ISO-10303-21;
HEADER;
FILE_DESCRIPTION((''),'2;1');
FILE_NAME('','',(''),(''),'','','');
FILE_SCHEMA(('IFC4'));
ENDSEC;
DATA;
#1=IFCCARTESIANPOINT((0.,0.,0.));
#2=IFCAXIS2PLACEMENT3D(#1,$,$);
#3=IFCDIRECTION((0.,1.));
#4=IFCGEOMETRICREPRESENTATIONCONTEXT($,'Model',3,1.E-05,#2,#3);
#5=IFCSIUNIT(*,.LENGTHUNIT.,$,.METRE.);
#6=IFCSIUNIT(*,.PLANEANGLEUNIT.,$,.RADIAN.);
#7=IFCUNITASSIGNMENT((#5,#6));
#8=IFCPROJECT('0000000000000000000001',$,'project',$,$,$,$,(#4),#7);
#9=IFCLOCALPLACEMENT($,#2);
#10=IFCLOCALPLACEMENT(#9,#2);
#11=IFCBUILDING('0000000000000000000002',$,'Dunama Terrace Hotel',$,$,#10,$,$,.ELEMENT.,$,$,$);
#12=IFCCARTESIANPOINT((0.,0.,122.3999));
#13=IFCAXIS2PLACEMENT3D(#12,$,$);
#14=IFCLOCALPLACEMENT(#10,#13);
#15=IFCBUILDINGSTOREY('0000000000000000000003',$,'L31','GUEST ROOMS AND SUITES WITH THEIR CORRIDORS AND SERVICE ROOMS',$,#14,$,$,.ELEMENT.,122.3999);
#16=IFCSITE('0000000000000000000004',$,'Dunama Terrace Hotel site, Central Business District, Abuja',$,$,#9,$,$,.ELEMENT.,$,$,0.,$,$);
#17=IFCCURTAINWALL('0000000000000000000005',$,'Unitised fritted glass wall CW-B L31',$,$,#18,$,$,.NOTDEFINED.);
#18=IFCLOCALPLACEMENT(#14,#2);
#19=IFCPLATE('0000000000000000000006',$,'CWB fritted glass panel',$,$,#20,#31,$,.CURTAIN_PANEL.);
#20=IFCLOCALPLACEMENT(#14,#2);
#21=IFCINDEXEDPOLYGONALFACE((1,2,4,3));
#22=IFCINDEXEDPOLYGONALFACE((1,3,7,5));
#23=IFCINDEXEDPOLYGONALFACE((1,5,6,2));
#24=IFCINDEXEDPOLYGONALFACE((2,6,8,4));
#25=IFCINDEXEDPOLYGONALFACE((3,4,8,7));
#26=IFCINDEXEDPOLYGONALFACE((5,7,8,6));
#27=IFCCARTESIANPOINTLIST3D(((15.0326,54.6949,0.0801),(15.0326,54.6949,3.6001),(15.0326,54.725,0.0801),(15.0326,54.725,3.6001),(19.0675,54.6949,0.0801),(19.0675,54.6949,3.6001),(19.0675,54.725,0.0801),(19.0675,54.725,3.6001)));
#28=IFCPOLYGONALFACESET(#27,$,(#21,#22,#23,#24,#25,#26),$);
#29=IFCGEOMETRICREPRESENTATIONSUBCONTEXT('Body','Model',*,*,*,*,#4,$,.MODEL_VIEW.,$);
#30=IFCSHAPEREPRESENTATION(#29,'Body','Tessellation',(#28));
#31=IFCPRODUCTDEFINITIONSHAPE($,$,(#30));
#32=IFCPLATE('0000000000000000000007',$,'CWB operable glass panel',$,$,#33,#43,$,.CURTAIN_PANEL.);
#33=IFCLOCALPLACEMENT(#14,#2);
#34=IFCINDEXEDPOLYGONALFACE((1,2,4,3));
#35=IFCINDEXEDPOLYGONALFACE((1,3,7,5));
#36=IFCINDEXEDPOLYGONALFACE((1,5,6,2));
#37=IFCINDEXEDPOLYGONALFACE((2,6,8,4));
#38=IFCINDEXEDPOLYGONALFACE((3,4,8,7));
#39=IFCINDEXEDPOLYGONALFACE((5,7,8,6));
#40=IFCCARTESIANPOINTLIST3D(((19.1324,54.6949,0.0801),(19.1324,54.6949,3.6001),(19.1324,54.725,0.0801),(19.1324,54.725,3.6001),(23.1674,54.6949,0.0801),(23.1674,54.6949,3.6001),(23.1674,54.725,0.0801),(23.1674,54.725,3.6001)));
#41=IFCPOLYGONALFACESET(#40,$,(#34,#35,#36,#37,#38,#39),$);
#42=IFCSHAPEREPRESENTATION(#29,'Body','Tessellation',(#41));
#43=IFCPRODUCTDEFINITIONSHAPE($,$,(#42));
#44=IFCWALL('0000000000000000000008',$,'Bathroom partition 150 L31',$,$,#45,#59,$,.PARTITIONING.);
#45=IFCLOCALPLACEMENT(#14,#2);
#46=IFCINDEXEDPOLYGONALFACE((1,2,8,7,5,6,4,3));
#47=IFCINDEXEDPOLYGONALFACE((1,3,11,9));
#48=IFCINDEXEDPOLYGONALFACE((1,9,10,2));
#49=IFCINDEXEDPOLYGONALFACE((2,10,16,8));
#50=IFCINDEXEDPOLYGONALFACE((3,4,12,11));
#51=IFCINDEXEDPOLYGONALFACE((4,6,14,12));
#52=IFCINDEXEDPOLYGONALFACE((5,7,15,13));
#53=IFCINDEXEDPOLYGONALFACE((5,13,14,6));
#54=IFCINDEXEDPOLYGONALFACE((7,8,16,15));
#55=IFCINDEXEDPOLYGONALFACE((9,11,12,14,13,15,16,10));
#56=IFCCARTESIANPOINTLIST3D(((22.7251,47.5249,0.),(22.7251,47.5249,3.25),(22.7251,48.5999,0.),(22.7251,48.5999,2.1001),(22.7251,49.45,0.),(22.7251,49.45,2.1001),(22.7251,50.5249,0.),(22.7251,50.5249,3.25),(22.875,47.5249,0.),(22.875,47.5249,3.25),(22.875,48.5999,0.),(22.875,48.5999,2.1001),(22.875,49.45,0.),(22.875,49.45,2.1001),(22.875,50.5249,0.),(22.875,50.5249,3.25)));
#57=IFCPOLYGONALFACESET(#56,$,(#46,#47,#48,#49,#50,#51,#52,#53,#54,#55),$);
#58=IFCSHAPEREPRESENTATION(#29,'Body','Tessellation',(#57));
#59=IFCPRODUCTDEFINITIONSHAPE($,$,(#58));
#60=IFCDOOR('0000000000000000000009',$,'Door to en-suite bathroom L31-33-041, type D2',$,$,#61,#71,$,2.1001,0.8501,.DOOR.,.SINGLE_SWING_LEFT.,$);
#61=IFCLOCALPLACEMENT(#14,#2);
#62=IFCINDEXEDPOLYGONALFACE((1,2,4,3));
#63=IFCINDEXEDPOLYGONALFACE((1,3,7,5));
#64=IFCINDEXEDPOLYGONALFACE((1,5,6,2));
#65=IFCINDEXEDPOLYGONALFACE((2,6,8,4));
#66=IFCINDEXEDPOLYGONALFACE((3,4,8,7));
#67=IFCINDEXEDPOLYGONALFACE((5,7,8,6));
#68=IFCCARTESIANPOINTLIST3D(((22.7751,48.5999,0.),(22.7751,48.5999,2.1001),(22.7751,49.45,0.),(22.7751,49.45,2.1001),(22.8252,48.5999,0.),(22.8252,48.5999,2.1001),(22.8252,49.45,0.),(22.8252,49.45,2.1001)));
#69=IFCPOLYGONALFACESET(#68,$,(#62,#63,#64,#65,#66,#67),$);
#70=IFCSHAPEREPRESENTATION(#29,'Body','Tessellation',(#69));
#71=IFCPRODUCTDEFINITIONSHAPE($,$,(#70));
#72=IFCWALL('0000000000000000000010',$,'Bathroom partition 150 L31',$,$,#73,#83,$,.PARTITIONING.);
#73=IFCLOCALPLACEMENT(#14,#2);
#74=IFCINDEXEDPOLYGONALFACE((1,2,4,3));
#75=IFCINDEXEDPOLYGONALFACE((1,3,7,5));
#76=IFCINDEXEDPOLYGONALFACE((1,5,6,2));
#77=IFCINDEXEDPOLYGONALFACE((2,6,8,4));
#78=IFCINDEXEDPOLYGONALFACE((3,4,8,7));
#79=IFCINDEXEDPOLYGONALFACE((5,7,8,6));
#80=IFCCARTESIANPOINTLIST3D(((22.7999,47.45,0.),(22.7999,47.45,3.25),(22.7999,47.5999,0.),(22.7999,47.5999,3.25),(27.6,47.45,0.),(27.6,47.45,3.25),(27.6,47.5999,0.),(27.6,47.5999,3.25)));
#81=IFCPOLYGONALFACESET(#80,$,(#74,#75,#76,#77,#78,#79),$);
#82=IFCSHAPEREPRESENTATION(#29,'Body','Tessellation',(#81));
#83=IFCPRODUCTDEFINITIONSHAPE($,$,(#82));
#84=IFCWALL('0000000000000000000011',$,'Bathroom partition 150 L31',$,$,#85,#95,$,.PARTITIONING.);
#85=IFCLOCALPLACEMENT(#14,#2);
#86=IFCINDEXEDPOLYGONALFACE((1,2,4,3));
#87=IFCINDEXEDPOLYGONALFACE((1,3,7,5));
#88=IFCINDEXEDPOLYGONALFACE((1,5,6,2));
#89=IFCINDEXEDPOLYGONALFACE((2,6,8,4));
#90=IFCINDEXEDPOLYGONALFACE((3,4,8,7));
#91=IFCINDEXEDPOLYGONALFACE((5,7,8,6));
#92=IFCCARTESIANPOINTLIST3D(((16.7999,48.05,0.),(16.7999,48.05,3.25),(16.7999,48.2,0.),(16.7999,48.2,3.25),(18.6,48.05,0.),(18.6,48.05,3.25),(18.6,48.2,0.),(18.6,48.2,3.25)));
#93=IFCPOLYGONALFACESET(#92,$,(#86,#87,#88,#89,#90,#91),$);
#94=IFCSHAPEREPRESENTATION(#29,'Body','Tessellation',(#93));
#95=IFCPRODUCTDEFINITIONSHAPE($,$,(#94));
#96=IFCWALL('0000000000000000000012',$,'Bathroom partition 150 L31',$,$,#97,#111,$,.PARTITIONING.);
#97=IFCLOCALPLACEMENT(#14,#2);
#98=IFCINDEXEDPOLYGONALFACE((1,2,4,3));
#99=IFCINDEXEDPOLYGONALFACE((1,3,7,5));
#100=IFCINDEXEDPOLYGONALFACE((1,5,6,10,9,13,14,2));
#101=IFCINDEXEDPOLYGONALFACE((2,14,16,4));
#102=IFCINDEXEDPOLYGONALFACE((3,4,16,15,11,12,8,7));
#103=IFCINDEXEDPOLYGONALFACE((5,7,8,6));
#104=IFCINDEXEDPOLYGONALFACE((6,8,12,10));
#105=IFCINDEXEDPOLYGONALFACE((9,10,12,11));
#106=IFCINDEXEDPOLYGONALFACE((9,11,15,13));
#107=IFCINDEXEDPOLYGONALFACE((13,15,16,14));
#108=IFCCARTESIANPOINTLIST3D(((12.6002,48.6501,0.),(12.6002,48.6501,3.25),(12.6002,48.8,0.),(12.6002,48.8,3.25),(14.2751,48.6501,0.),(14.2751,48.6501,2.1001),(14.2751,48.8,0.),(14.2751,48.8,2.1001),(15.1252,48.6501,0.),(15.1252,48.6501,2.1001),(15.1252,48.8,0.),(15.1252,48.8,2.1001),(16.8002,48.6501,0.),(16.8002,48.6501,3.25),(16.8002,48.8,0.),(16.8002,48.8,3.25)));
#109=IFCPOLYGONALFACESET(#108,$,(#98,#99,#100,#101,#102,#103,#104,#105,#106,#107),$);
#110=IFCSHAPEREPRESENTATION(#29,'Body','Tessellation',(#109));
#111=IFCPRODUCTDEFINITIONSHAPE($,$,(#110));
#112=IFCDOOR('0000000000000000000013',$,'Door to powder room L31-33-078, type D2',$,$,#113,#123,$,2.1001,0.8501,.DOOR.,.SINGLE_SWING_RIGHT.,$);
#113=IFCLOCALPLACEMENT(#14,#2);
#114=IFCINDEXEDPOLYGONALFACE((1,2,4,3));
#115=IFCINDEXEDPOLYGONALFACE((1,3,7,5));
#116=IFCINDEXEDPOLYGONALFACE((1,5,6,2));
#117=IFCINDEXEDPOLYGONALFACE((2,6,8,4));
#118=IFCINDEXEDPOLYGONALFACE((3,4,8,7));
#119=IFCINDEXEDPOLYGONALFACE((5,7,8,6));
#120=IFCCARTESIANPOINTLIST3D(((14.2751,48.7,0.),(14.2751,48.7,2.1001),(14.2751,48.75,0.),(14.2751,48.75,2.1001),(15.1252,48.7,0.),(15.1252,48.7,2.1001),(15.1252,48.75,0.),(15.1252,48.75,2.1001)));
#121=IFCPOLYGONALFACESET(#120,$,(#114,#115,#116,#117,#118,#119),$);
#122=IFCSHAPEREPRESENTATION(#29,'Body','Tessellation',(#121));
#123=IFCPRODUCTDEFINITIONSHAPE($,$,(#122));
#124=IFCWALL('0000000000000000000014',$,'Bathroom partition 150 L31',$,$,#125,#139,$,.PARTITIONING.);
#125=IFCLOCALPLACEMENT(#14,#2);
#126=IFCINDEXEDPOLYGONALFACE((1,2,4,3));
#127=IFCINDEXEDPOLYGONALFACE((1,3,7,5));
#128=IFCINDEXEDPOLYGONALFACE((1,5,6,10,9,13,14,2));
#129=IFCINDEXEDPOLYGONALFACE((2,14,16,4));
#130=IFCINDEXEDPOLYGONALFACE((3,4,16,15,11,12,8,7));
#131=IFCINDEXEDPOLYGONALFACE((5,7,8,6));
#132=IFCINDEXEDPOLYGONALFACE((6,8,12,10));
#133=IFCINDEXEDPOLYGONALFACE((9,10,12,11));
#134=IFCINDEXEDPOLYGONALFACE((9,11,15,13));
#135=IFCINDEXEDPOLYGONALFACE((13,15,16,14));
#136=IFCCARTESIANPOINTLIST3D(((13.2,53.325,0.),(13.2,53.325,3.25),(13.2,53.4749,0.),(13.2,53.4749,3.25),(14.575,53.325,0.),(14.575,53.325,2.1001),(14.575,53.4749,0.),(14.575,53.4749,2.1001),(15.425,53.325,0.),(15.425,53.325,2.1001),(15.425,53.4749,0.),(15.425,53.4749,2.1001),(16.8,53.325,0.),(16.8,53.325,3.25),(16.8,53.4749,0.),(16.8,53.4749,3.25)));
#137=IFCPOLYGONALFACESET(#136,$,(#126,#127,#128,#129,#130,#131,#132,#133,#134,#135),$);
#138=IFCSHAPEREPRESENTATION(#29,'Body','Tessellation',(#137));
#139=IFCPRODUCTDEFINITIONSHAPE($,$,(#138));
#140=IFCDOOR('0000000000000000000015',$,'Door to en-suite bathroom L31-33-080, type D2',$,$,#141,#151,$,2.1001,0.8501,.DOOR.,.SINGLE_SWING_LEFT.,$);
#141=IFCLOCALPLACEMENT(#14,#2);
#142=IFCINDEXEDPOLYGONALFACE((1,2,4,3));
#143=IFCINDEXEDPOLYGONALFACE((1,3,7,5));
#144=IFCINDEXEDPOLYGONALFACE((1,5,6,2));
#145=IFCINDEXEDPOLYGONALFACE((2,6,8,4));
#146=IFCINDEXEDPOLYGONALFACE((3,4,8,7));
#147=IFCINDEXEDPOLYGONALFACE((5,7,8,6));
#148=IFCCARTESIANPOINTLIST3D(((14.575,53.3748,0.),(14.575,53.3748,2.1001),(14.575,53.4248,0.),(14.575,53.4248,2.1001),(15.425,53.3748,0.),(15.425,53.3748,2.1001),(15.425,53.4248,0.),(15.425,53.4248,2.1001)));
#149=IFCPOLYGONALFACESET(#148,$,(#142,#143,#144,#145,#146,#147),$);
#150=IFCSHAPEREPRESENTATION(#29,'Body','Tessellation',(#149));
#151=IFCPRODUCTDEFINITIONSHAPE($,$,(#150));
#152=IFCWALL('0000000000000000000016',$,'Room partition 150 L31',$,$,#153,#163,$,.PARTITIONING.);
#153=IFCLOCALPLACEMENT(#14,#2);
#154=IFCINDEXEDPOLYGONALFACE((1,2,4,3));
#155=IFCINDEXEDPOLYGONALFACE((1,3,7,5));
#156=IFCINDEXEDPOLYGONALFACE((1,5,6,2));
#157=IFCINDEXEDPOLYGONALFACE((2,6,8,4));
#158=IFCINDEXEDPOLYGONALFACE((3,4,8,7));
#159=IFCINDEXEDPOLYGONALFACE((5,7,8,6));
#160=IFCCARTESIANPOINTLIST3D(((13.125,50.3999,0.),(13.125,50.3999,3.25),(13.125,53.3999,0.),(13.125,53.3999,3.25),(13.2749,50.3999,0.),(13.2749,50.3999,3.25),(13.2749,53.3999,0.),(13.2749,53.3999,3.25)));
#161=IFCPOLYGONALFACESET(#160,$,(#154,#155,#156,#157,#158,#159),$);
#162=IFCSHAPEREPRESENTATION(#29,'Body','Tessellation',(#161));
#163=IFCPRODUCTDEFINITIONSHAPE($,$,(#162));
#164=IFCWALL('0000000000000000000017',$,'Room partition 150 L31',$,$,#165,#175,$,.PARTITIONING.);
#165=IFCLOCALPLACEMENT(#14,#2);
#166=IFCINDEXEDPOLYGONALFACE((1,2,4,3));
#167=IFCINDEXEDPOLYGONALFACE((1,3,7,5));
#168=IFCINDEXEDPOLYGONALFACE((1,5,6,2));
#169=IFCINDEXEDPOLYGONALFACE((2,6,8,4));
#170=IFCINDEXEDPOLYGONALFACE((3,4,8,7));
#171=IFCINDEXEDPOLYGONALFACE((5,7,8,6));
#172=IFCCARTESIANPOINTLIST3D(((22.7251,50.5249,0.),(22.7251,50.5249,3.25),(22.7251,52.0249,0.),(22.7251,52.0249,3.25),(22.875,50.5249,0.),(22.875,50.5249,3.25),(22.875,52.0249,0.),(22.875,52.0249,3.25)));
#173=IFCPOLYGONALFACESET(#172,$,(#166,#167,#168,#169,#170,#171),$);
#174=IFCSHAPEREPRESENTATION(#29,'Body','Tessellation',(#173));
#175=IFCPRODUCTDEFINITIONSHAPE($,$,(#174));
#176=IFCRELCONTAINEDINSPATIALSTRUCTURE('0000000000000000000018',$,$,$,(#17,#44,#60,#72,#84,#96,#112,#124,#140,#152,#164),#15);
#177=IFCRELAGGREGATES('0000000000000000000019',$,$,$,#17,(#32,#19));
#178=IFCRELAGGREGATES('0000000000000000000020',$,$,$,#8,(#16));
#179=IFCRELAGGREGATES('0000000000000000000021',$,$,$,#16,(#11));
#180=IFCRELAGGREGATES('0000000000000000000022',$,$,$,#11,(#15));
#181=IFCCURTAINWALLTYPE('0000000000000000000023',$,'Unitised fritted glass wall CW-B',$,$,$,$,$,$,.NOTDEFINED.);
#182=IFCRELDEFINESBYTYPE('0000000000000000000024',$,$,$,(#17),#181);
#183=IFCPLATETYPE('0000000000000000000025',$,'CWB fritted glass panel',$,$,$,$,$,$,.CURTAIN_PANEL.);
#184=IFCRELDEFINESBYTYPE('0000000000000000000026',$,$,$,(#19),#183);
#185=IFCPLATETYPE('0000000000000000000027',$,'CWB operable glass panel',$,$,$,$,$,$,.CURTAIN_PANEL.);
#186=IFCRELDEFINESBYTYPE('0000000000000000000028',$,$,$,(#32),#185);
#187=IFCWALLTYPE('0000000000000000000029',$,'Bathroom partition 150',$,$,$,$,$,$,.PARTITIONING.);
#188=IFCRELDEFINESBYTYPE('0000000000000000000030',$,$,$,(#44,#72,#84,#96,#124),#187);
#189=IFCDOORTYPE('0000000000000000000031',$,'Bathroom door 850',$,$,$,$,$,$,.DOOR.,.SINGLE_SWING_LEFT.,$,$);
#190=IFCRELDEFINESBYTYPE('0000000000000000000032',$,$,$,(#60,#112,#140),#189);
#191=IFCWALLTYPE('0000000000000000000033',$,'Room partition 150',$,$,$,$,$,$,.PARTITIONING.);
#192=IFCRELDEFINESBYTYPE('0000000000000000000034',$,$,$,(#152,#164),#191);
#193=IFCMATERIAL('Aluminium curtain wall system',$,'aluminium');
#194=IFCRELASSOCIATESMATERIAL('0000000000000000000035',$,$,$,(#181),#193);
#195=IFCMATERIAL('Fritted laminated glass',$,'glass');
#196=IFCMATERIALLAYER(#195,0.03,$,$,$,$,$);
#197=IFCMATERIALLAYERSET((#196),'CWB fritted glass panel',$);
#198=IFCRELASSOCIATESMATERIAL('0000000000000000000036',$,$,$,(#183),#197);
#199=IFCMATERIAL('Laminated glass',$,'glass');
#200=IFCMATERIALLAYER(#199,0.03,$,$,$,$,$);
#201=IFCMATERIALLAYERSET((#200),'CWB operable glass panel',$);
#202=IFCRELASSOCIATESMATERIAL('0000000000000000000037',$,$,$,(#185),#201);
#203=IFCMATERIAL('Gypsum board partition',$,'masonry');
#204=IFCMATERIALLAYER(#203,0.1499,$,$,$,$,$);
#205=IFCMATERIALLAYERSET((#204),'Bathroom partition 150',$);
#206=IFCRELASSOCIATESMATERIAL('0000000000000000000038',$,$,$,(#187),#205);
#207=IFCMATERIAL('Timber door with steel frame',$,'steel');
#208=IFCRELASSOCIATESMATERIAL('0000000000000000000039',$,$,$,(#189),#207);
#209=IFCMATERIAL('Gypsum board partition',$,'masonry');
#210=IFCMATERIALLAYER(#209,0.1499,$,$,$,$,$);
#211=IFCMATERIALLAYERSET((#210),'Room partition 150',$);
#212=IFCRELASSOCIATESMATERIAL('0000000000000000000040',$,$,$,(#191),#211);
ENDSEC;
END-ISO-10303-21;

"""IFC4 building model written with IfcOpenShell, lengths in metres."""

from ifc_helpers import new_model, si_unit, direction, frame, frame_2d, origin, origin_2d, place, context, subcontext, project, spatial, rectangle, extrude, material, layer, layer_set, type_object, element, fill, aggregate, save


model = new_model("IFC4")

# Units and contexts
model_context = context("Model", 3, precision=1e-05, world=origin(), true_north=direction((0.0, 1.0)))
body_context = subcontext(model_context, "Body", "Model", "MODEL_VIEW")
ifc_project = project(units=[si_unit("LENGTHUNIT", "METRE"), si_unit("PLANEANGLEUNIT", "RADIAN")], contexts=[model_context])

# Site, building, storey
site_placement = place(None, origin())
site = spatial("IfcSite", under=ifc_project, at=site_placement, Name="Dunama Terrace Hotel site, Central Business District, Abuja", CompositionType="ELEMENT", RefElevation=0.0)
building_placement = place(site_placement, origin())
building = spatial("IfcBuilding", under=site, at=building_placement, Name="Dunama Terrace Hotel", CompositionType="ELEMENT")
storey_placement = place(building_placement, frame((0.0, 0.0, 122.3999)))
storey = spatial("IfcBuildingStorey", under=building, at=storey_placement, Name="L31", Description="GUEST ROOMS AND SUITES WITH THEIR CORRIDORS AND SERVICE ROOMS", CompositionType="ELEMENT", Elevation=122.3999)

# Curtain wall
ifc_material_1 = material(Name="Aluminium curtain wall system", Category="aluminium")
curtain_wall_type = type_object("IfcCurtainWallType", Name="Unitised fritted glass wall CW-B", PredefinedType="NOTDEFINED", material=ifc_material_1)
curtain_wall_placement = place(storey_placement, origin())
curtain_wall = element("IfcCurtainWall", 1, at=curtain_wall_placement, inside=storey, type_object=curtain_wall_type, Name="Unitised fritted glass wall CW-B L31", PredefinedType="NOTDEFINED")

# Plates
ifc_material_2 = material(Name="Fritted laminated glass", Category="glass")
ifc_layer_1 = layer(ifc_material_2, 0.03)
ifc_layer_set_1 = layer_set([ifc_layer_1], Name="CWB fritted glass panel")
plate_type_1 = type_object("IfcPlateType", Name="CWB fritted glass panel", PredefinedType="CURTAIN_PANEL", material=ifc_layer_set_1)
plate_1_placement = place(storey_placement, frame((17.05, 54.71, 0.0801), z_axis=(0.0, 0.0, 1.0), x_axis=(-1.0, 0.0, 0.0)))
plate_1 = element("IfcPlate", 2, at=plate_1_placement, type_object=plate_type_1, Name="CWB fritted glass panel", PredefinedType="CURTAIN_PANEL", context=body_context, shape_type="SweptSolid", body=[
    extrude(rectangle(XDim=4.0349, YDim=0.03, at=origin_2d()), origin(), (0.0, 0.0, 1.0), 3.52),
])
ifc_material_3 = material(Name="Laminated glass", Category="glass")
ifc_layer_2 = layer(ifc_material_3, 0.03)
ifc_layer_set_2 = layer_set([ifc_layer_2], Name="CWB operable glass panel")
plate_type_2 = type_object("IfcPlateType", Name="CWB operable glass panel", PredefinedType="CURTAIN_PANEL", material=ifc_layer_set_2)
plate_2_placement = place(storey_placement, frame((21.1499, 54.71, 0.0801), z_axis=(0.0, 0.0, 1.0), x_axis=(-1.0, 0.0, 0.0)))
plate_2 = element("IfcPlate", 3, at=plate_2_placement, type_object=plate_type_2, Name="CWB operable glass panel", PredefinedType="CURTAIN_PANEL", context=body_context, shape_type="SweptSolid", body=[
    extrude(rectangle(XDim=4.0349, YDim=0.03, at=origin_2d()), origin(), (0.0, 0.0, 1.0), 3.52),
])
aggregate(curtain_wall, [plate_2, plate_1])

# Wall, opening, door
ifc_material_4 = material(Name="Gypsum board partition", Category="masonry")
ifc_layer_3 = layer(ifc_material_4, 0.1499)
ifc_layer_set_3 = layer_set([ifc_layer_3], Name="Bathroom partition 150")
wall_type_1 = type_object("IfcWallType", Name="Bathroom partition 150", PredefinedType="PARTITIONING", material=ifc_layer_set_3)
wall_1_placement = place(storey_placement, frame((22.8, 47.5249, 0.0), z_axis=(0.0, 0.0, 1.0), x_axis=(0.0, 1.0, 0.0)))
wall_1 = element("IfcWall", 4, at=wall_1_placement, inside=storey, type_object=wall_type_1, Name="Bathroom partition 150 L31", PredefinedType="PARTITIONING", context=body_context, shape_type="SweptSolid", body=[
    extrude(rectangle(XDim=3.0, YDim=0.1499, at=frame_2d((1.5, 0.0))), origin(), (0.0, 0.0, 1.0), 3.25),
])
opening_1_placement = place(wall_1_placement, frame((1.075, 0.0, 0.0)))
opening_1 = element("IfcOpeningElement", 5, at=opening_1_placement, cuts=wall_1, PredefinedType="OPENING", context=body_context, shape_type="SweptSolid", body=[
    extrude(rectangle(XDim=0.8501, YDim=2.1001, at=frame_2d((0.425, 1.05))), frame((0.0, 0.085, 0.0), z_axis=(0.0, -1.0, 0.0), x_axis=(1.0, 0.0, 0.0)), (0.0, 0.0, 1.0), 0.1699),
])
ifc_material_5 = material(Name="Timber door with steel frame", Category="steel")
door_type_1 = type_object("IfcDoorType", Name="Bathroom door 850", OperationType="SINGLE_SWING_LEFT", PredefinedType="DOOR", material=ifc_material_5)
door_1_placement = place(opening_1_placement, frame((0.8501, 0.0, 0.0), z_axis=(0.0, 0.0, 1.0), x_axis=(-1.0, 0.0, 0.0)))
door_1 = element("IfcDoor", 6, at=door_1_placement, inside=storey, type_object=door_type_1, Name="Door to en-suite bathroom L31-33-041, type D2", OperationType="SINGLE_SWING_LEFT", OverallHeight=2.1001, OverallWidth=0.8501, PredefinedType="DOOR", context=body_context, shape_type="SweptSolid", body=[
    extrude(rectangle(XDim=0.8501, YDim=2.1001, at=frame_2d((0.425, 1.05))), frame((0.0, 0.0251, 0.0), z_axis=(0.0, -1.0, 0.0), x_axis=(1.0, 0.0, 0.0)), (0.0, 0.0, 1.0), 0.05),
])
fill(opening_1, door_1)

# Walls
wall_2_placement = place(storey_placement, frame((22.8, 47.5249, 0.0), z_axis=(0.0, 0.0, 1.0), x_axis=(1.0, 0.0, 0.0)))
element("IfcWall", 7, at=wall_2_placement, inside=storey, type_object=wall_type_1, Name="Bathroom partition 150 L31", PredefinedType="PARTITIONING", context=body_context, shape_type="SweptSolid", body=[
    extrude(rectangle(XDim=4.8, YDim=0.1499, at=frame_2d((2.3999, 0.0))), origin(), (0.0, 0.0, 1.0), 3.25),
])
wall_3_placement = place(storey_placement, frame((16.8, 48.125, 0.0), z_axis=(0.0, 0.0, 1.0), x_axis=(1.0, 0.0, 0.0)))
element("IfcWall", 8, at=wall_3_placement, inside=storey, type_object=wall_type_1, Name="Bathroom partition 150 L31", PredefinedType="PARTITIONING", context=body_context, shape_type="SweptSolid", body=[
    extrude(rectangle(XDim=1.8, YDim=0.1499, at=frame_2d((0.8999, 0.0))), origin(), (0.0, 0.0, 1.0), 3.25),
])

# Walls, openings, doors
wall_4_placement = place(storey_placement, frame((12.6001, 48.7251, 0.0), z_axis=(0.0, 0.0, 1.0), x_axis=(1.0, 0.0, 0.0)))
wall_4 = element("IfcWall", 9, at=wall_4_placement, inside=storey, type_object=wall_type_1, Name="Bathroom partition 150 L31", PredefinedType="PARTITIONING", context=body_context, shape_type="SweptSolid", body=[
    extrude(rectangle(XDim=4.2, YDim=0.1499, at=frame_2d((2.1001, 0.0))), origin(), (0.0, 0.0, 1.0), 3.25),
])
opening_2_placement = place(wall_4_placement, frame((1.675, 0.0, 0.0)))
opening_2 = element("IfcOpeningElement", 10, at=opening_2_placement, cuts=wall_4, PredefinedType="OPENING", context=body_context, shape_type="SweptSolid", body=[
    extrude(rectangle(XDim=0.8501, YDim=2.1001, at=frame_2d((0.425, 1.05))), frame((0.0, 0.085, 0.0), z_axis=(0.0, -1.0, 0.0), x_axis=(1.0, 0.0, 0.0)), (0.0, 0.0, 1.0), 0.1699),
])
door_2_placement = place(opening_2_placement, frame((0.8501, 0.0, 0.0), z_axis=(0.0, 0.0, 1.0), x_axis=(-1.0, 0.0, 0.0)))
door_2 = element("IfcDoor", 11, at=door_2_placement, inside=storey, type_object=door_type_1, Name="Door to powder room L31-33-078, type D2", OperationType="SINGLE_SWING_RIGHT", OverallHeight=2.1001, OverallWidth=0.8501, PredefinedType="DOOR", context=body_context, shape_type="SweptSolid", body=[
    extrude(rectangle(XDim=0.8501, YDim=2.1001, at=frame_2d((0.425, 1.05))), frame((0.0, 0.0251, 0.0), z_axis=(0.0, -1.0, 0.0), x_axis=(1.0, 0.0, 0.0)), (0.0, 0.0, 1.0), 0.05),
])
fill(opening_2, door_2)
wall_5_placement = place(storey_placement, frame((13.2, 53.3999, 0.0), z_axis=(0.0, 0.0, 1.0), x_axis=(1.0, 0.0, 0.0)))
wall_5 = element("IfcWall", 12, at=wall_5_placement, inside=storey, type_object=wall_type_1, Name="Bathroom partition 150 L31", PredefinedType="PARTITIONING", context=body_context, shape_type="SweptSolid", body=[
    extrude(rectangle(XDim=3.6001, YDim=0.1499, at=frame_2d((1.8, 0.0))), origin(), (0.0, 0.0, 1.0), 3.25),
])
opening_3_placement = place(wall_5_placement, frame((1.375, 0.0, 0.0)))
opening_3 = element("IfcOpeningElement", 13, at=opening_3_placement, cuts=wall_5, PredefinedType="OPENING", context=body_context, shape_type="SweptSolid", body=[
    extrude(rectangle(XDim=0.8501, YDim=2.1001, at=frame_2d((0.425, 1.05))), frame((0.0, 0.085, 0.0), z_axis=(0.0, -1.0, 0.0), x_axis=(1.0, 0.0, 0.0)), (0.0, 0.0, 1.0), 0.1699),
])
door_3_placement = place(opening_3_placement, frame((0.8501, 0.0, 0.0), z_axis=(0.0, 0.0, 1.0), x_axis=(-1.0, 0.0, 0.0)))
door_3 = element("IfcDoor", 14, at=door_3_placement, inside=storey, type_object=door_type_1, Name="Door to en-suite bathroom L31-33-080, type D2", OperationType="SINGLE_SWING_LEFT", OverallHeight=2.1001, OverallWidth=0.8501, PredefinedType="DOOR", context=body_context, shape_type="SweptSolid", body=[
    extrude(rectangle(XDim=0.8501, YDim=2.1001, at=frame_2d((0.425, 1.05))), frame((0.0, 0.0251, 0.0), z_axis=(0.0, -1.0, 0.0), x_axis=(1.0, 0.0, 0.0)), (0.0, 0.0, 1.0), 0.05),
])
fill(opening_3, door_3)

# Walls
ifc_material_6 = material(Name="Gypsum board partition", Category="masonry")
ifc_layer_4 = layer(ifc_material_6, 0.1499)
ifc_layer_set_4 = layer_set([ifc_layer_4], Name="Room partition 150")
wall_type_2 = type_object("IfcWallType", Name="Room partition 150", PredefinedType="PARTITIONING", material=ifc_layer_set_4)
wall_6_placement = place(storey_placement, frame((13.2, 50.3999, 0.0), z_axis=(0.0, 0.0, 1.0), x_axis=(0.0, 1.0, 0.0)))
element("IfcWall", 15, at=wall_6_placement, inside=storey, type_object=wall_type_2, Name="Room partition 150 L31", PredefinedType="PARTITIONING", context=body_context, shape_type="SweptSolid", body=[
    extrude(rectangle(XDim=3.0, YDim=0.1499, at=frame_2d((1.5, 0.0))), origin(), (0.0, 0.0, 1.0), 3.25),
])
wall_7_placement = place(storey_placement, frame((22.8, 50.5249, 0.0), z_axis=(0.0, 0.0, 1.0), x_axis=(0.0, 1.0, 0.0)))
element("IfcWall", 16, at=wall_7_placement, inside=storey, type_object=wall_type_2, Name="Room partition 150 L31", PredefinedType="PARTITIONING", context=body_context, shape_type="SweptSolid", body=[
    extrude(rectangle(XDim=1.5, YDim=0.1499, at=frame_2d((0.75, 0.0))), origin(), (0.0, 0.0, 1.0), 3.25),
])

save(model, "model.ifc")
